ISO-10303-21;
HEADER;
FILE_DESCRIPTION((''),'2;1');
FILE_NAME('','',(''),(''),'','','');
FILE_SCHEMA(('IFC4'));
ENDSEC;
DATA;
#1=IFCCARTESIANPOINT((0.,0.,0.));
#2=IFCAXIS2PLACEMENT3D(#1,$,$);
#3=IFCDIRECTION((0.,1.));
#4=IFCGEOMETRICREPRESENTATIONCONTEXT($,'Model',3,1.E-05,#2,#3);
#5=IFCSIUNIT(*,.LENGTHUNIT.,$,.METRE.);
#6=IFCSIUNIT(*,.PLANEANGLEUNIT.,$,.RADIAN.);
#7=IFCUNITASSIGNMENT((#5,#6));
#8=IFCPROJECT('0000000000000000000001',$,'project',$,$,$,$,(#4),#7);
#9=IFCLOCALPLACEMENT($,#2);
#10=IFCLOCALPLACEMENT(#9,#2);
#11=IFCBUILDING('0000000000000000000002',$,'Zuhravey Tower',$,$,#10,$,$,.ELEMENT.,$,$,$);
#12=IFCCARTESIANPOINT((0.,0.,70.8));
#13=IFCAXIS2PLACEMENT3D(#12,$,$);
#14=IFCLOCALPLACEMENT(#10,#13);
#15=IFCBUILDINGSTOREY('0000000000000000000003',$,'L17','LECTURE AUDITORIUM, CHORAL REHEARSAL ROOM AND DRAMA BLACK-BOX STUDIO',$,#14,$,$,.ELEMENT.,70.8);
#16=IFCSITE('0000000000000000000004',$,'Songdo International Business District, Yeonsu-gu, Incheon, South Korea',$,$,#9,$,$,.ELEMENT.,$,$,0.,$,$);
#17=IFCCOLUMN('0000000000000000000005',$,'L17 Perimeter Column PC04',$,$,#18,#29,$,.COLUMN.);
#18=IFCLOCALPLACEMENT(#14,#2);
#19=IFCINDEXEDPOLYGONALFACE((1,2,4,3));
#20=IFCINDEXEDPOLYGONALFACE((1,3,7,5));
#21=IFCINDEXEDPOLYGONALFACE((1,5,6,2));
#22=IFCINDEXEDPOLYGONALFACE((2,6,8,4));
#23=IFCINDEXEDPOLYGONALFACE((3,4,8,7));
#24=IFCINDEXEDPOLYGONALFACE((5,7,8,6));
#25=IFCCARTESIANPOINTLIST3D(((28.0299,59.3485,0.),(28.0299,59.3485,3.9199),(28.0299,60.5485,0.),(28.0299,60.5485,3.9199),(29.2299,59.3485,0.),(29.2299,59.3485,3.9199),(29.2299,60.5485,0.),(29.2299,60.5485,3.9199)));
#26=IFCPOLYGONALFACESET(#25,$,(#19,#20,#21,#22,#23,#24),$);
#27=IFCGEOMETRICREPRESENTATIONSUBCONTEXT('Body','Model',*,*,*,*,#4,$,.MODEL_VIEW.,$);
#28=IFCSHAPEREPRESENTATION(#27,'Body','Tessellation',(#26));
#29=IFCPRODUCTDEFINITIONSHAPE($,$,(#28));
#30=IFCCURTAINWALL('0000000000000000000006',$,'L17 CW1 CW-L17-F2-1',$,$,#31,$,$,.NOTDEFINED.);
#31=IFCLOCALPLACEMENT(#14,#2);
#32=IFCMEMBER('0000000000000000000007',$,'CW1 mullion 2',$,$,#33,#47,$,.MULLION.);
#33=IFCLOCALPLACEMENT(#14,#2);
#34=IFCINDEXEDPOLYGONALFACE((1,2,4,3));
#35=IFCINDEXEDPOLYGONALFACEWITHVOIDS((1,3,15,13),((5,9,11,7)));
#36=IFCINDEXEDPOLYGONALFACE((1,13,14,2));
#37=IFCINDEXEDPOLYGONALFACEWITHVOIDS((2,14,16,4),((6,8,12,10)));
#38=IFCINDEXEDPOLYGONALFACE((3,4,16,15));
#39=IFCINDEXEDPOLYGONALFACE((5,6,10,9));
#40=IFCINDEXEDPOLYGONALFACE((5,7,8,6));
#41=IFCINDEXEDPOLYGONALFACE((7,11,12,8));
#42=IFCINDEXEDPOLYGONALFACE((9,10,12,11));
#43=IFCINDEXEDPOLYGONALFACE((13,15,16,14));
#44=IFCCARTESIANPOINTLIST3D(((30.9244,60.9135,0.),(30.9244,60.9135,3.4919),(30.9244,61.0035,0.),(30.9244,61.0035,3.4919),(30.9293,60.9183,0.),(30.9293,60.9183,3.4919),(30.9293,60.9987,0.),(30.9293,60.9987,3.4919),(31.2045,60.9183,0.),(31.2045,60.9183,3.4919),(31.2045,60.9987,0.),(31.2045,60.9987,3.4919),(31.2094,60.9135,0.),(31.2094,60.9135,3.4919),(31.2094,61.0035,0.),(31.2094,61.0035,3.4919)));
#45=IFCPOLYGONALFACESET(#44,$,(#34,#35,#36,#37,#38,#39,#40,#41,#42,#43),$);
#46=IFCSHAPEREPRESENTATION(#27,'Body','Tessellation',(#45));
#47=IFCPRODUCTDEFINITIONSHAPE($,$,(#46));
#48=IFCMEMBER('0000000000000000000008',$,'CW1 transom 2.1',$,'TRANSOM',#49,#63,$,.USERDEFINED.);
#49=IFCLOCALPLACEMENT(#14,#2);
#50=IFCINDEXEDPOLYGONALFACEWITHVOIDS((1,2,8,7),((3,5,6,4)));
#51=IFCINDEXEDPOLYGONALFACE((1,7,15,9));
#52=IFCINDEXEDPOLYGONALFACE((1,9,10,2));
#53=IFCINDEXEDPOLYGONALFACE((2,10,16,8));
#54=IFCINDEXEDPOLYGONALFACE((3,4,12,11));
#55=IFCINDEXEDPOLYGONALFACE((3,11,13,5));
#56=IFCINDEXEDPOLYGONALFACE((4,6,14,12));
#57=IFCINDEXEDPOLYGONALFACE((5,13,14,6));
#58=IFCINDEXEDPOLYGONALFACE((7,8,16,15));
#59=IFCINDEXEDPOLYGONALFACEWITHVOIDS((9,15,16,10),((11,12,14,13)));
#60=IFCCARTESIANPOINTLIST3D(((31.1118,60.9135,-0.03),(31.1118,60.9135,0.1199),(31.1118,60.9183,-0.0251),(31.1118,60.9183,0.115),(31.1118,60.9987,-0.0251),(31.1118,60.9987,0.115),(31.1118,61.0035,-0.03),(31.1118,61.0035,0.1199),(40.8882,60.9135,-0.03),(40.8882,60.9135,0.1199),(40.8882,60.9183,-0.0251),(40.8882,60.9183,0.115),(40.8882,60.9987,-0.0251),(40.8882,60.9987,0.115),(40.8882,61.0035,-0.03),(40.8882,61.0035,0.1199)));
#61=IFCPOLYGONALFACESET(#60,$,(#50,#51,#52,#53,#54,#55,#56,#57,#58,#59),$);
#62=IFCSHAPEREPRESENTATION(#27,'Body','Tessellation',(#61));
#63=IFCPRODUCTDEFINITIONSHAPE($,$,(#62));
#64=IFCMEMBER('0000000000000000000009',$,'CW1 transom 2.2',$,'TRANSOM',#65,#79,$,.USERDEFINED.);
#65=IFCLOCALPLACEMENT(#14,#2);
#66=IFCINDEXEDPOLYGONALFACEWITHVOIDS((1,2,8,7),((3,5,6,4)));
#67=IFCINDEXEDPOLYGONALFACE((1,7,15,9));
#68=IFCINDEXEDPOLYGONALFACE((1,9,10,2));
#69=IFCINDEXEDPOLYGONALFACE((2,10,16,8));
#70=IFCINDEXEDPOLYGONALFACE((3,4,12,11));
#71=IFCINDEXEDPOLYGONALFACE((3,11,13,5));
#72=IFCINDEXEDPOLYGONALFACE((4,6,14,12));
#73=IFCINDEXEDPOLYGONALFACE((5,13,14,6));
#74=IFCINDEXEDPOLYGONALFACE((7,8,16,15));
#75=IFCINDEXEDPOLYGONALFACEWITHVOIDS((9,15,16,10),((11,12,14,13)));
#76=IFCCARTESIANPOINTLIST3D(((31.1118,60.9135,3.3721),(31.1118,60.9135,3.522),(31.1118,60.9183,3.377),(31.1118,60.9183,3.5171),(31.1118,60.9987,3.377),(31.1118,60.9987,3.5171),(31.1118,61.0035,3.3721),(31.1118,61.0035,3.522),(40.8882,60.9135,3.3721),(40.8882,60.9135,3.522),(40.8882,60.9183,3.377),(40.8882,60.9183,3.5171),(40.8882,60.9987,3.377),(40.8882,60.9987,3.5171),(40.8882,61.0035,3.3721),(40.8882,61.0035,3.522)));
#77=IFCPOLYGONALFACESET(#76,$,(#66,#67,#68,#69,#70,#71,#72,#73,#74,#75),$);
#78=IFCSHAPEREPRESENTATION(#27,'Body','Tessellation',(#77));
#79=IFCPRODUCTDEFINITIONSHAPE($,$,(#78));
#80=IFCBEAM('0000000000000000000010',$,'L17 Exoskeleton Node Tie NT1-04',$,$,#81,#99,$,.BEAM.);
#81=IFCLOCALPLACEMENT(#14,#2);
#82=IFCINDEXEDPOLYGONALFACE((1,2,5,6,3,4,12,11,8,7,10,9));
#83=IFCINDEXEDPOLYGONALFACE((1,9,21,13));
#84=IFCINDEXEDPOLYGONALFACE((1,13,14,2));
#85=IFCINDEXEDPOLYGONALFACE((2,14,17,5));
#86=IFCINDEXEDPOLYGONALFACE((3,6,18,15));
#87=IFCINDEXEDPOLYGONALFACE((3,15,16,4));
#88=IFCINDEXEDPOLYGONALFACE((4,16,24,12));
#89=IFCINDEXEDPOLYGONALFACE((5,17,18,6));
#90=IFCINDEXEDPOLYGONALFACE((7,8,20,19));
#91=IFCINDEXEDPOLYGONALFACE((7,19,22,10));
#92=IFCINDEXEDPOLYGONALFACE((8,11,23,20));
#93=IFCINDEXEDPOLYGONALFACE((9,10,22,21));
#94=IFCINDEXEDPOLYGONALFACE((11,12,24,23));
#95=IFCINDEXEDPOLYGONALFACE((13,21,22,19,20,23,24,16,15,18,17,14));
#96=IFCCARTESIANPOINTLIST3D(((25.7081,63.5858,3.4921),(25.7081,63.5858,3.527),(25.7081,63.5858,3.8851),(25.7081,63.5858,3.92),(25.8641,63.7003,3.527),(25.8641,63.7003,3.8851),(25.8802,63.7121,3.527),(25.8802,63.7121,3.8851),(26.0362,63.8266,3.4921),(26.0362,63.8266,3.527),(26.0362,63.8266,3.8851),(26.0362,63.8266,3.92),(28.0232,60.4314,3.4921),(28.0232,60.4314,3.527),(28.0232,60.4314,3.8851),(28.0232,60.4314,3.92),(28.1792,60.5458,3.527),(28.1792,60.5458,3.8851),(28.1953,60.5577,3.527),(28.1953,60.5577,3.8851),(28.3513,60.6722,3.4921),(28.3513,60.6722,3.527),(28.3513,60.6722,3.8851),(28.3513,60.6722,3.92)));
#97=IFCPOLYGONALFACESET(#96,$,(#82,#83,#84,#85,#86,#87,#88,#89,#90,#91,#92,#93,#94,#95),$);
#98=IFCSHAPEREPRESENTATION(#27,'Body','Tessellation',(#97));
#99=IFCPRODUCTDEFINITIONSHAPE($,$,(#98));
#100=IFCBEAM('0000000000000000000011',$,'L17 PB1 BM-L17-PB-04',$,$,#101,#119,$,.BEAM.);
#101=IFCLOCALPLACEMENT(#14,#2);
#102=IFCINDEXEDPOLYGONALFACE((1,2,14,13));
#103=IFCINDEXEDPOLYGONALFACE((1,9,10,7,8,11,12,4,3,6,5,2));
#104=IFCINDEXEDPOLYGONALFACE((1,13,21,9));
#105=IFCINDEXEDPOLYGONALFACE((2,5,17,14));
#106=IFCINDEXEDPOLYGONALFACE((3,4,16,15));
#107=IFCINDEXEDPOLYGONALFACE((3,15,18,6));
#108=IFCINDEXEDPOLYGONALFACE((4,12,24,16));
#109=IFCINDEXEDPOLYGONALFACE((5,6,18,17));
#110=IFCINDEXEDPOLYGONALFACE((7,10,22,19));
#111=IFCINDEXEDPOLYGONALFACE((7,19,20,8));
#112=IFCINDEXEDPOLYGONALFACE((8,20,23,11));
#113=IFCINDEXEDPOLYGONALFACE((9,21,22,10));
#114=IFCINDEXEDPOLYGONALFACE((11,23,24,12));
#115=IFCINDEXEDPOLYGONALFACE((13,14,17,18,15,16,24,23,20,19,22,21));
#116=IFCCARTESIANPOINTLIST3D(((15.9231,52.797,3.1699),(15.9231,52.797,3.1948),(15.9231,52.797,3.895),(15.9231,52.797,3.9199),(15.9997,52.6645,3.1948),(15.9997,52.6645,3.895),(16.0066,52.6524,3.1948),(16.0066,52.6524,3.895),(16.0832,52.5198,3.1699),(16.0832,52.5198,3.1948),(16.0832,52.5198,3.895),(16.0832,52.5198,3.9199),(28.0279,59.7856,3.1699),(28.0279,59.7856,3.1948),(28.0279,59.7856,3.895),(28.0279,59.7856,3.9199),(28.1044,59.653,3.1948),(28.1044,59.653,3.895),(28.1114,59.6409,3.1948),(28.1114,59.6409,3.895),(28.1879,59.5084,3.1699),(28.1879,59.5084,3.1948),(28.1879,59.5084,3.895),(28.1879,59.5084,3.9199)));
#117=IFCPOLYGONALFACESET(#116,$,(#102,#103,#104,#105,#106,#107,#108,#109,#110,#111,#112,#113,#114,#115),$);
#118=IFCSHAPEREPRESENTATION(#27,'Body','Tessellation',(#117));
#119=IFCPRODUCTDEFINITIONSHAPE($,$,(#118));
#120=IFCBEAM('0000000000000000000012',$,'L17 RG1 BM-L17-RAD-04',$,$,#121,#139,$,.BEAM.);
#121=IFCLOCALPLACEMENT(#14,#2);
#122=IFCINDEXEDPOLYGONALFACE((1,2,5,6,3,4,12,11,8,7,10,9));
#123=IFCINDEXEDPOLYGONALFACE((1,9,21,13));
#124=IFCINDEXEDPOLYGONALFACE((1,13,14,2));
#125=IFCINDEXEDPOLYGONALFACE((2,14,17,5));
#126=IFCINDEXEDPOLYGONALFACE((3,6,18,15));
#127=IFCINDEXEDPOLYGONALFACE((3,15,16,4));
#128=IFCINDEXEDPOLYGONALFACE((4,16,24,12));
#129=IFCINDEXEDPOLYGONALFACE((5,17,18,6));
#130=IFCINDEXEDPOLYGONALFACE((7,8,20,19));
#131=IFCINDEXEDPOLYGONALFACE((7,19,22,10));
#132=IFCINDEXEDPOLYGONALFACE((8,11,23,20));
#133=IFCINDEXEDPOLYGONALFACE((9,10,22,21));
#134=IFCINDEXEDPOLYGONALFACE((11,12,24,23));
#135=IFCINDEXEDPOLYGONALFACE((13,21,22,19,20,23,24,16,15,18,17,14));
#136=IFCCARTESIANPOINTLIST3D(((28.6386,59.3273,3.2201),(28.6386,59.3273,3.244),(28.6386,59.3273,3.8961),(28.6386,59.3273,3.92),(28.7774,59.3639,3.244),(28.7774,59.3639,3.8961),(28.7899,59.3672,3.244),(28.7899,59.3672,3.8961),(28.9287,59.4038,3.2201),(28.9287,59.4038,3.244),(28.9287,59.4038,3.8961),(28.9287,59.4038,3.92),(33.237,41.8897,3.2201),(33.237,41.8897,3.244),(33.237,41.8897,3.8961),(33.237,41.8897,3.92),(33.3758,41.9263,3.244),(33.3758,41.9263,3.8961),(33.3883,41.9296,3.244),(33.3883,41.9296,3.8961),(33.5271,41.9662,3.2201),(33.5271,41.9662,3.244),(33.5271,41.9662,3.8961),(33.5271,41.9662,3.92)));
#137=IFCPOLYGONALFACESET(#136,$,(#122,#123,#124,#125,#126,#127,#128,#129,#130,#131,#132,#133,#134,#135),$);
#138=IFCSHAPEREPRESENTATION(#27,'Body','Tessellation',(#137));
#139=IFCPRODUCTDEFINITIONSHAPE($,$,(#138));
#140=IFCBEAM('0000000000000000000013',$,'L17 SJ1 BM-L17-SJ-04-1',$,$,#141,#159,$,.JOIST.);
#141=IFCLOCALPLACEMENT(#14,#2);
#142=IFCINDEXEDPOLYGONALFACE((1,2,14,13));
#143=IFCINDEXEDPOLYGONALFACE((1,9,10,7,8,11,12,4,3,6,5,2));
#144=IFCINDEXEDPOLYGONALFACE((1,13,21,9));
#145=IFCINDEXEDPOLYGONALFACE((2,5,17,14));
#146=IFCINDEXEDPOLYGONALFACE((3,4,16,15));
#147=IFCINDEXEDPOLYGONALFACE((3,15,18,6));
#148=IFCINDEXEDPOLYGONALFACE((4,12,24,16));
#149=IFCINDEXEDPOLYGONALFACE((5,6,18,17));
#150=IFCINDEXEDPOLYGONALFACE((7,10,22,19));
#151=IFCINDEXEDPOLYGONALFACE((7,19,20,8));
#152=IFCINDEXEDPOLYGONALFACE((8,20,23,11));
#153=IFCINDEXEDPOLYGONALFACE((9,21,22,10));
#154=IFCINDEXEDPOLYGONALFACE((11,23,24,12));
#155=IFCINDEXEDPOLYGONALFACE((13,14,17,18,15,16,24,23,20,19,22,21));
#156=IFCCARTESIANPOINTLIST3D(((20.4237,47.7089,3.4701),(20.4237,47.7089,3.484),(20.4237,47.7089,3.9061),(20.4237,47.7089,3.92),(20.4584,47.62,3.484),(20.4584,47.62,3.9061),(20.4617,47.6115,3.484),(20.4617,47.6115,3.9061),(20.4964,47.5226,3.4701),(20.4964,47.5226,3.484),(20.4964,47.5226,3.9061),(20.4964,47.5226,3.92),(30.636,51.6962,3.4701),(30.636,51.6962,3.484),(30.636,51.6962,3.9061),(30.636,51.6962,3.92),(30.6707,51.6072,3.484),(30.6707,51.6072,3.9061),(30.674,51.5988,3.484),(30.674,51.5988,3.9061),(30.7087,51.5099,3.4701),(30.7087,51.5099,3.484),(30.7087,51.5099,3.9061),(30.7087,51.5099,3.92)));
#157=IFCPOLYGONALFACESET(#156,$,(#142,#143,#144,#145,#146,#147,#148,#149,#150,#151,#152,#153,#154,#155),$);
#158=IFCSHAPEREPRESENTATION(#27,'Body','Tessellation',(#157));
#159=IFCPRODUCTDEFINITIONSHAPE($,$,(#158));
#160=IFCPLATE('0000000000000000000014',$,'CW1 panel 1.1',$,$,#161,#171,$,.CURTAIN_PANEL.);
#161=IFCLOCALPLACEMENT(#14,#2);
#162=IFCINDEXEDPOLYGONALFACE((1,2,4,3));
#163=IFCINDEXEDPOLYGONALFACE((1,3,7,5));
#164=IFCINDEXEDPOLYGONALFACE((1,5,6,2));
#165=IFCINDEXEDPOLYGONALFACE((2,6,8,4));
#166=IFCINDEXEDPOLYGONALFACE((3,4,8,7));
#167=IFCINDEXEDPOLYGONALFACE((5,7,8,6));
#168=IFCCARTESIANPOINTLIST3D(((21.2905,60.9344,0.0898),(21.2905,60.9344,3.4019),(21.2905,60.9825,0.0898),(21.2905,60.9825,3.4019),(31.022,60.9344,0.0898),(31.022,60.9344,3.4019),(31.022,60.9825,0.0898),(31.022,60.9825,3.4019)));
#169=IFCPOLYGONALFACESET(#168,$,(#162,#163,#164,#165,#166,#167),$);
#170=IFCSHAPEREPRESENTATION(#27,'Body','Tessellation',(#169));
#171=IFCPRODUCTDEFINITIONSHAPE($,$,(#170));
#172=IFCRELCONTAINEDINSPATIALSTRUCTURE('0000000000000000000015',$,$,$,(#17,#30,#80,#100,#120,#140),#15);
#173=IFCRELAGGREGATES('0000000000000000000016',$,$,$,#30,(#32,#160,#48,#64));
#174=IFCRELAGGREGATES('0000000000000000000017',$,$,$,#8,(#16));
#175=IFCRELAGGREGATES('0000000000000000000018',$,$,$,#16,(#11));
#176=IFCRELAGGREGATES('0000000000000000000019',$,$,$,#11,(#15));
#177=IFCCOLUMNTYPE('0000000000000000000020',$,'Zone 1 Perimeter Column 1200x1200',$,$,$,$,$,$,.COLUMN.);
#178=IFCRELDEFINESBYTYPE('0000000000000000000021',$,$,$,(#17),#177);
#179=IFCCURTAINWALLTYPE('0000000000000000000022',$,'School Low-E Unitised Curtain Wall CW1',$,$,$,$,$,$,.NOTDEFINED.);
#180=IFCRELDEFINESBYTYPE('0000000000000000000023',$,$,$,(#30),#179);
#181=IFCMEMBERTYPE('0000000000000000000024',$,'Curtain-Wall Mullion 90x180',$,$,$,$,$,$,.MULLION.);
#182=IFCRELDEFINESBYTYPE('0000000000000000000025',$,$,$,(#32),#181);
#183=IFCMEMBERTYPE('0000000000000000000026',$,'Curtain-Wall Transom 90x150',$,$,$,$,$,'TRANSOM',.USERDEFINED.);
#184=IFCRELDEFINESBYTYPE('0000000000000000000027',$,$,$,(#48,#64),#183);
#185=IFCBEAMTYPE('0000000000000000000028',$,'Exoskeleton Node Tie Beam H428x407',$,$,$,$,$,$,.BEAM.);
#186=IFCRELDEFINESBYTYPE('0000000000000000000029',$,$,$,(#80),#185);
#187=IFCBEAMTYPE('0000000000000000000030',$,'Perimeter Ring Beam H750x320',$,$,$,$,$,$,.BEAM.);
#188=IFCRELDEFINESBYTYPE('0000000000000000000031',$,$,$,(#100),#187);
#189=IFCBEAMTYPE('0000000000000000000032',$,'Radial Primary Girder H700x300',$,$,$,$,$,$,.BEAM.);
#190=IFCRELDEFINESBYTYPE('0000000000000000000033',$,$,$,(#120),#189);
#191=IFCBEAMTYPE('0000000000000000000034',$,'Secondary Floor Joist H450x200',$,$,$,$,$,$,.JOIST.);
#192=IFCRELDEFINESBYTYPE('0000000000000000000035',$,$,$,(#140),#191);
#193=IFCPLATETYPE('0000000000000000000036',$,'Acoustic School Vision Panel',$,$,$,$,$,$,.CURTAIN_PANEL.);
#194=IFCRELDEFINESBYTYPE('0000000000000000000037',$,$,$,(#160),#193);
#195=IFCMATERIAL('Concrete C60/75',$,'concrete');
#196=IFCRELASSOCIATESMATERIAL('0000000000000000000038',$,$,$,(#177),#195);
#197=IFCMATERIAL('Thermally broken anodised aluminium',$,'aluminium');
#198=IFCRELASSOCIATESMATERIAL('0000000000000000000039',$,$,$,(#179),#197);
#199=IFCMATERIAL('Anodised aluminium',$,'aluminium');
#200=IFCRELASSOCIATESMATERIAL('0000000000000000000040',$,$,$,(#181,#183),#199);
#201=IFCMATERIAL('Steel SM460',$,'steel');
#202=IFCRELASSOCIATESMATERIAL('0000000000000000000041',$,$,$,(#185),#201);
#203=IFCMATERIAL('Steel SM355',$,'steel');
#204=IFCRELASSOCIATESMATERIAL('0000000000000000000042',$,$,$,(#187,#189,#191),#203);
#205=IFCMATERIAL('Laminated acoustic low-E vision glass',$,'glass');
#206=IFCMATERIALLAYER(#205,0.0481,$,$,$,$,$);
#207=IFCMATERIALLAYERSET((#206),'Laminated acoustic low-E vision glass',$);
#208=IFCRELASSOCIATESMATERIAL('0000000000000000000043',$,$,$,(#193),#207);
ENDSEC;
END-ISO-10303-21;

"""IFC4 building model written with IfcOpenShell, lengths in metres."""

from ifc_helpers import new_model, si_unit, direction, frame, origin, origin_2d, place, context, subcontext, project, spatial, rectangle, hollow_rectangle, i_section, extrude, material, layer, layer_set, material_profile, profile_set, type_object, element, aggregate, save


model = new_model("IFC4")

# Units and contexts
model_context = context("Model", 3, precision=1e-05, world=origin(), true_north=direction((0.0, 1.0)))
body_context = subcontext(model_context, "Body", "Model", "MODEL_VIEW")
ifc_project = project(units=[si_unit("LENGTHUNIT", "METRE"), si_unit("PLANEANGLEUNIT", "RADIAN")], contexts=[model_context])

# Site, building, storey
site_placement = place(None, origin())
site = spatial("IfcSite", under=ifc_project, at=site_placement, Name="Songdo International Business District, Yeonsu-gu, Incheon, South Korea", CompositionType="ELEMENT", RefElevation=0.0)
building_placement = place(site_placement, origin())
building = spatial("IfcBuilding", under=site, at=building_placement, Name="Zuhravey Tower", CompositionType="ELEMENT")
storey_placement = place(building_placement, frame((0.0, 0.0, 70.8)))
storey = spatial("IfcBuildingStorey", under=building, at=storey_placement, Name="L17", Description="LECTURE AUDITORIUM, CHORAL REHEARSAL ROOM AND DRAMA BLACK-BOX STUDIO", CompositionType="ELEMENT", Elevation=70.8)

# Column
ifc_material_1 = material(Name="Concrete C60/75", Category="concrete")
ifc_material_profile_1 = material_profile(ifc_material_1, rectangle(XDim=1.2, YDim=1.2, at=origin_2d()), Name="RC-1200x1200")
ifc_profile_set_1 = profile_set([ifc_material_profile_1], Name="Concrete C60/75")
column_type = type_object("IfcColumnType", Name="Zone 1 Perimeter Column 1200x1200", PredefinedType="COLUMN", material=ifc_profile_set_1)
column_placement = place(storey_placement, frame((28.6299, 59.9485, 0.0), z_axis=(0.0, 0.0, 1.0), x_axis=(-1.0, 0.0, 0.0)))
element("IfcColumn", 1, at=column_placement, inside=storey, type_object=column_type, Name="L17 Perimeter Column PC04", PredefinedType="COLUMN", context=body_context, shape_type="SweptSolid", body=[
    extrude(rectangle(XDim=1.2, YDim=1.2, at=origin_2d()), origin(), (0.0, 0.0, 1.0), 3.9199),
])

# Curtain wall, members
ifc_material_2 = material(Name="Thermally broken anodised aluminium", Category="aluminium")
curtain_wall_type = type_object("IfcCurtainWallType", Name="School Low-E Unitised Curtain Wall CW1", PredefinedType="NOTDEFINED", material=ifc_material_2)
curtain_wall_placement = place(storey_placement, origin())
curtain_wall = element("IfcCurtainWall", 2, at=curtain_wall_placement, inside=storey, type_object=curtain_wall_type, Name="L17 CW1 CW-L17-F2-1", PredefinedType="NOTDEFINED")
ifc_material_3 = material(Name="Anodised aluminium", Category="aluminium")
ifc_material_profile_2 = material_profile(ifc_material_3, hollow_rectangle(XDim=0.0901, YDim=0.2849, WallThickness=0.0049, at=origin_2d()), Name="ALU-RHS-90x285x5")
ifc_profile_set_2 = profile_set([ifc_material_profile_2], Name="Anodised aluminium")
member_type_1 = type_object("IfcMemberType", Name="Curtain-Wall Mullion 90x180", PredefinedType="MULLION", material=ifc_profile_set_2)
member_1_placement = place(storey_placement, frame((31.0669, 60.9585, 0.0), z_axis=(0.0, 0.0, 1.0), x_axis=(0.0, 1.0, 0.0)))
member_1 = element("IfcMember", 3, at=member_1_placement, type_object=member_type_1, Name="CW1 mullion 2", PredefinedType="MULLION", context=body_context, shape_type="SweptSolid", body=[
    extrude(hollow_rectangle(XDim=0.0901, YDim=0.2849, WallThickness=0.0049, at=origin_2d()), origin(), (0.0, 0.0, 1.0), 3.4919),
])
ifc_material_profile_3 = material_profile(ifc_material_3, hollow_rectangle(XDim=0.0901, YDim=0.1499, WallThickness=0.0049, at=origin_2d()), Name="ALU-RHS-90x150x5")
ifc_profile_set_3 = profile_set([ifc_material_profile_3], Name="Anodised aluminium")
member_type_2 = type_object("IfcMemberType", Name="Curtain-Wall Transom 90x150", ElementType="TRANSOM", PredefinedType="USERDEFINED", material=ifc_profile_set_3)
member_2_placement = place(storey_placement, frame((31.1118, 60.9585, 0.0449), z_axis=(1.0, 0.0, 0.0), x_axis=(0.0, 1.0, 0.0)))
member_2 = element("IfcMember", 4, at=member_2_placement, type_object=member_type_2, Name="CW1 transom 2.1", ObjectType="TRANSOM", PredefinedType="USERDEFINED", context=body_context, shape_type="SweptSolid", body=[
    extrude(hollow_rectangle(XDim=0.0901, YDim=0.1499, WallThickness=0.0049, at=origin_2d()), origin(), (0.0, 0.0, 1.0), 9.7764),
])
member_3_placement = place(storey_placement, frame((31.1118, 60.9585, 3.447), z_axis=(1.0, 0.0, 0.0), x_axis=(0.0, 1.0, 0.0)))
member_3 = element("IfcMember", 5, at=member_3_placement, type_object=member_type_2, Name="CW1 transom 2.2", ObjectType="TRANSOM", PredefinedType="USERDEFINED", context=body_context, shape_type="SweptSolid", body=[
    extrude(hollow_rectangle(XDim=0.0901, YDim=0.1499, WallThickness=0.0049, at=origin_2d()), origin(), (0.0, 0.0, 1.0), 9.7764),
])

# Beams
ifc_material_4 = material(Name="Steel SM460", Category="steel")
ifc_material_profile_4 = material_profile(ifc_material_4, i_section(OverallWidth=0.407, OverallDepth=0.428, WebThickness=0.02, FlangeThickness=0.0349, at=origin_2d()), Name="H-428x407x20x35")
ifc_profile_set_4 = profile_set([ifc_material_profile_4], Name="Steel SM460")
beam_type_1 = type_object("IfcBeamType", Name="Exoskeleton Node Tie Beam H428x407", PredefinedType="BEAM", material=ifc_profile_set_4)
beam_1_placement = place(storey_placement, frame((28.1873, 60.5518, 3.7061), z_axis=(-0.591672, 0.806179, 0.0), x_axis=(-0.806179, -0.591672, 0.0)))
element("IfcBeam", 6, at=beam_1_placement, inside=storey, type_object=beam_type_1, Name="L17 Exoskeleton Node Tie NT1-04", PredefinedType="BEAM", context=body_context, shape_type="SweptSolid", body=[
    extrude(i_section(OverallWidth=0.407, OverallDepth=0.428, WebThickness=0.02, FlangeThickness=0.0349, at=origin_2d()), origin(), (0.0, 0.0, 1.0), 3.9128),
])
ifc_material_5 = material(Name="Steel SM355", Category="steel")
ifc_material_profile_5 = material_profile(ifc_material_5, i_section(OverallWidth=0.3201, OverallDepth=0.75, WebThickness=0.0139, FlangeThickness=0.0249, at=origin_2d()), Name="H-750x320x14x25")
ifc_profile_set_5 = profile_set([ifc_material_profile_5], Name="Steel SM355")
beam_type_2 = type_object("IfcBeamType", Name="Perimeter Ring Beam H750x320", PredefinedType="BEAM", material=ifc_profile_set_5)
beam_2_placement = place(storey_placement, frame((28.1079, 59.647, 3.5449), z_axis=(-0.86603, -0.499992, 0.0), x_axis=(0.499992, -0.86603, 0.0)))
element("IfcBeam", 7, at=beam_2_placement, inside=storey, type_object=beam_type_2, Name="L17 PB1 BM-L17-PB-04", PredefinedType="BEAM", context=body_context, shape_type="SweptSolid", body=[
    extrude(i_section(OverallWidth=0.3201, OverallDepth=0.75, WebThickness=0.0139, FlangeThickness=0.0249, at=origin_2d()), origin(), (0.0, 0.0, 1.0), 13.9773),
])
ifc_material_profile_6 = material_profile(ifc_material_5, i_section(OverallWidth=0.3, OverallDepth=0.7, WebThickness=0.0129, FlangeThickness=0.0239, at=origin_2d()), Name="H-700x300x13x24")
ifc_profile_set_6 = profile_set([ifc_material_profile_6], Name="Steel SM355")
beam_type_3 = type_object("IfcBeamType", Name="Radial Primary Girder H700x300", PredefinedType="BEAM", material=ifc_profile_set_6)
beam_3_placement = place(storey_placement, frame((33.3821, 41.928, 3.5701), z_axis=(-0.25499, 0.966944, 0.0), x_axis=(-0.966944, -0.25499, 0.0)))
element("IfcBeam", 8, at=beam_3_placement, inside=storey, type_object=beam_type_3, Name="L17 RG1 BM-L17-RAD-04", PredefinedType="BEAM", context=body_context, shape_type="SweptSolid", body=[
    extrude(i_section(OverallWidth=0.3, OverallDepth=0.7, WebThickness=0.0129, FlangeThickness=0.0239, at=origin_2d()), origin(), (0.0, 0.0, 1.0), 18.0337),
])
ifc_material_profile_7 = material_profile(ifc_material_5, i_section(OverallWidth=0.2, OverallDepth=0.45, WebThickness=0.009, FlangeThickness=0.0139, at=origin_2d()), Name="H-450x200x9x14")
ifc_profile_set_7 = profile_set([ifc_material_profile_7], Name="Steel SM355")
beam_type_4 = type_object("IfcBeamType", Name="Secondary Floor Joist H450x200", PredefinedType="JOIST", material=ifc_profile_set_7)
beam_4_placement = place(storey_placement, frame((30.6724, 51.603, 3.6951), z_axis=(-0.931517, -0.363699, 0.0), x_axis=(0.363699, -0.931517, 0.0)))
element("IfcBeam", 9, at=beam_4_placement, inside=storey, type_object=beam_type_4, Name="L17 SJ1 BM-L17-SJ-04-1", PredefinedType="JOIST", context=body_context, shape_type="SweptSolid", body=[
    extrude(i_section(OverallWidth=0.2, OverallDepth=0.45, WebThickness=0.009, FlangeThickness=0.0139, at=origin_2d()), origin(), (0.0, 0.0, 1.0), 10.9631),
])

# Plate
ifc_material_6 = material(Name="Laminated acoustic low-E vision glass", Category="glass")
ifc_layer_1 = layer(ifc_material_6, 0.0481)
ifc_layer_set_1 = layer_set([ifc_layer_1], Name="Laminated acoustic low-E vision glass")
plate_type = type_object("IfcPlateType", Name="Acoustic School Vision Panel", PredefinedType="CURTAIN_PANEL", material=ifc_layer_set_1)
plate_1_placement = place(storey_placement, frame((26.1562, 60.9585, 0.0898), z_axis=(0.0, 0.0, 1.0), x_axis=(1.0, 0.0, 0.0)))
plate_1 = element("IfcPlate", 10, at=plate_1_placement, type_object=plate_type, Name="CW1 panel 1.1", PredefinedType="CURTAIN_PANEL", context=body_context, shape_type="SweptSolid", body=[
    extrude(rectangle(XDim=9.7314, YDim=0.0481, at=origin_2d()), origin(), (0.0, 0.0, 1.0), 3.312),
])
aggregate(curtain_wall, [member_1, plate_1, member_2, member_3])

save(model, "model.ifc")
